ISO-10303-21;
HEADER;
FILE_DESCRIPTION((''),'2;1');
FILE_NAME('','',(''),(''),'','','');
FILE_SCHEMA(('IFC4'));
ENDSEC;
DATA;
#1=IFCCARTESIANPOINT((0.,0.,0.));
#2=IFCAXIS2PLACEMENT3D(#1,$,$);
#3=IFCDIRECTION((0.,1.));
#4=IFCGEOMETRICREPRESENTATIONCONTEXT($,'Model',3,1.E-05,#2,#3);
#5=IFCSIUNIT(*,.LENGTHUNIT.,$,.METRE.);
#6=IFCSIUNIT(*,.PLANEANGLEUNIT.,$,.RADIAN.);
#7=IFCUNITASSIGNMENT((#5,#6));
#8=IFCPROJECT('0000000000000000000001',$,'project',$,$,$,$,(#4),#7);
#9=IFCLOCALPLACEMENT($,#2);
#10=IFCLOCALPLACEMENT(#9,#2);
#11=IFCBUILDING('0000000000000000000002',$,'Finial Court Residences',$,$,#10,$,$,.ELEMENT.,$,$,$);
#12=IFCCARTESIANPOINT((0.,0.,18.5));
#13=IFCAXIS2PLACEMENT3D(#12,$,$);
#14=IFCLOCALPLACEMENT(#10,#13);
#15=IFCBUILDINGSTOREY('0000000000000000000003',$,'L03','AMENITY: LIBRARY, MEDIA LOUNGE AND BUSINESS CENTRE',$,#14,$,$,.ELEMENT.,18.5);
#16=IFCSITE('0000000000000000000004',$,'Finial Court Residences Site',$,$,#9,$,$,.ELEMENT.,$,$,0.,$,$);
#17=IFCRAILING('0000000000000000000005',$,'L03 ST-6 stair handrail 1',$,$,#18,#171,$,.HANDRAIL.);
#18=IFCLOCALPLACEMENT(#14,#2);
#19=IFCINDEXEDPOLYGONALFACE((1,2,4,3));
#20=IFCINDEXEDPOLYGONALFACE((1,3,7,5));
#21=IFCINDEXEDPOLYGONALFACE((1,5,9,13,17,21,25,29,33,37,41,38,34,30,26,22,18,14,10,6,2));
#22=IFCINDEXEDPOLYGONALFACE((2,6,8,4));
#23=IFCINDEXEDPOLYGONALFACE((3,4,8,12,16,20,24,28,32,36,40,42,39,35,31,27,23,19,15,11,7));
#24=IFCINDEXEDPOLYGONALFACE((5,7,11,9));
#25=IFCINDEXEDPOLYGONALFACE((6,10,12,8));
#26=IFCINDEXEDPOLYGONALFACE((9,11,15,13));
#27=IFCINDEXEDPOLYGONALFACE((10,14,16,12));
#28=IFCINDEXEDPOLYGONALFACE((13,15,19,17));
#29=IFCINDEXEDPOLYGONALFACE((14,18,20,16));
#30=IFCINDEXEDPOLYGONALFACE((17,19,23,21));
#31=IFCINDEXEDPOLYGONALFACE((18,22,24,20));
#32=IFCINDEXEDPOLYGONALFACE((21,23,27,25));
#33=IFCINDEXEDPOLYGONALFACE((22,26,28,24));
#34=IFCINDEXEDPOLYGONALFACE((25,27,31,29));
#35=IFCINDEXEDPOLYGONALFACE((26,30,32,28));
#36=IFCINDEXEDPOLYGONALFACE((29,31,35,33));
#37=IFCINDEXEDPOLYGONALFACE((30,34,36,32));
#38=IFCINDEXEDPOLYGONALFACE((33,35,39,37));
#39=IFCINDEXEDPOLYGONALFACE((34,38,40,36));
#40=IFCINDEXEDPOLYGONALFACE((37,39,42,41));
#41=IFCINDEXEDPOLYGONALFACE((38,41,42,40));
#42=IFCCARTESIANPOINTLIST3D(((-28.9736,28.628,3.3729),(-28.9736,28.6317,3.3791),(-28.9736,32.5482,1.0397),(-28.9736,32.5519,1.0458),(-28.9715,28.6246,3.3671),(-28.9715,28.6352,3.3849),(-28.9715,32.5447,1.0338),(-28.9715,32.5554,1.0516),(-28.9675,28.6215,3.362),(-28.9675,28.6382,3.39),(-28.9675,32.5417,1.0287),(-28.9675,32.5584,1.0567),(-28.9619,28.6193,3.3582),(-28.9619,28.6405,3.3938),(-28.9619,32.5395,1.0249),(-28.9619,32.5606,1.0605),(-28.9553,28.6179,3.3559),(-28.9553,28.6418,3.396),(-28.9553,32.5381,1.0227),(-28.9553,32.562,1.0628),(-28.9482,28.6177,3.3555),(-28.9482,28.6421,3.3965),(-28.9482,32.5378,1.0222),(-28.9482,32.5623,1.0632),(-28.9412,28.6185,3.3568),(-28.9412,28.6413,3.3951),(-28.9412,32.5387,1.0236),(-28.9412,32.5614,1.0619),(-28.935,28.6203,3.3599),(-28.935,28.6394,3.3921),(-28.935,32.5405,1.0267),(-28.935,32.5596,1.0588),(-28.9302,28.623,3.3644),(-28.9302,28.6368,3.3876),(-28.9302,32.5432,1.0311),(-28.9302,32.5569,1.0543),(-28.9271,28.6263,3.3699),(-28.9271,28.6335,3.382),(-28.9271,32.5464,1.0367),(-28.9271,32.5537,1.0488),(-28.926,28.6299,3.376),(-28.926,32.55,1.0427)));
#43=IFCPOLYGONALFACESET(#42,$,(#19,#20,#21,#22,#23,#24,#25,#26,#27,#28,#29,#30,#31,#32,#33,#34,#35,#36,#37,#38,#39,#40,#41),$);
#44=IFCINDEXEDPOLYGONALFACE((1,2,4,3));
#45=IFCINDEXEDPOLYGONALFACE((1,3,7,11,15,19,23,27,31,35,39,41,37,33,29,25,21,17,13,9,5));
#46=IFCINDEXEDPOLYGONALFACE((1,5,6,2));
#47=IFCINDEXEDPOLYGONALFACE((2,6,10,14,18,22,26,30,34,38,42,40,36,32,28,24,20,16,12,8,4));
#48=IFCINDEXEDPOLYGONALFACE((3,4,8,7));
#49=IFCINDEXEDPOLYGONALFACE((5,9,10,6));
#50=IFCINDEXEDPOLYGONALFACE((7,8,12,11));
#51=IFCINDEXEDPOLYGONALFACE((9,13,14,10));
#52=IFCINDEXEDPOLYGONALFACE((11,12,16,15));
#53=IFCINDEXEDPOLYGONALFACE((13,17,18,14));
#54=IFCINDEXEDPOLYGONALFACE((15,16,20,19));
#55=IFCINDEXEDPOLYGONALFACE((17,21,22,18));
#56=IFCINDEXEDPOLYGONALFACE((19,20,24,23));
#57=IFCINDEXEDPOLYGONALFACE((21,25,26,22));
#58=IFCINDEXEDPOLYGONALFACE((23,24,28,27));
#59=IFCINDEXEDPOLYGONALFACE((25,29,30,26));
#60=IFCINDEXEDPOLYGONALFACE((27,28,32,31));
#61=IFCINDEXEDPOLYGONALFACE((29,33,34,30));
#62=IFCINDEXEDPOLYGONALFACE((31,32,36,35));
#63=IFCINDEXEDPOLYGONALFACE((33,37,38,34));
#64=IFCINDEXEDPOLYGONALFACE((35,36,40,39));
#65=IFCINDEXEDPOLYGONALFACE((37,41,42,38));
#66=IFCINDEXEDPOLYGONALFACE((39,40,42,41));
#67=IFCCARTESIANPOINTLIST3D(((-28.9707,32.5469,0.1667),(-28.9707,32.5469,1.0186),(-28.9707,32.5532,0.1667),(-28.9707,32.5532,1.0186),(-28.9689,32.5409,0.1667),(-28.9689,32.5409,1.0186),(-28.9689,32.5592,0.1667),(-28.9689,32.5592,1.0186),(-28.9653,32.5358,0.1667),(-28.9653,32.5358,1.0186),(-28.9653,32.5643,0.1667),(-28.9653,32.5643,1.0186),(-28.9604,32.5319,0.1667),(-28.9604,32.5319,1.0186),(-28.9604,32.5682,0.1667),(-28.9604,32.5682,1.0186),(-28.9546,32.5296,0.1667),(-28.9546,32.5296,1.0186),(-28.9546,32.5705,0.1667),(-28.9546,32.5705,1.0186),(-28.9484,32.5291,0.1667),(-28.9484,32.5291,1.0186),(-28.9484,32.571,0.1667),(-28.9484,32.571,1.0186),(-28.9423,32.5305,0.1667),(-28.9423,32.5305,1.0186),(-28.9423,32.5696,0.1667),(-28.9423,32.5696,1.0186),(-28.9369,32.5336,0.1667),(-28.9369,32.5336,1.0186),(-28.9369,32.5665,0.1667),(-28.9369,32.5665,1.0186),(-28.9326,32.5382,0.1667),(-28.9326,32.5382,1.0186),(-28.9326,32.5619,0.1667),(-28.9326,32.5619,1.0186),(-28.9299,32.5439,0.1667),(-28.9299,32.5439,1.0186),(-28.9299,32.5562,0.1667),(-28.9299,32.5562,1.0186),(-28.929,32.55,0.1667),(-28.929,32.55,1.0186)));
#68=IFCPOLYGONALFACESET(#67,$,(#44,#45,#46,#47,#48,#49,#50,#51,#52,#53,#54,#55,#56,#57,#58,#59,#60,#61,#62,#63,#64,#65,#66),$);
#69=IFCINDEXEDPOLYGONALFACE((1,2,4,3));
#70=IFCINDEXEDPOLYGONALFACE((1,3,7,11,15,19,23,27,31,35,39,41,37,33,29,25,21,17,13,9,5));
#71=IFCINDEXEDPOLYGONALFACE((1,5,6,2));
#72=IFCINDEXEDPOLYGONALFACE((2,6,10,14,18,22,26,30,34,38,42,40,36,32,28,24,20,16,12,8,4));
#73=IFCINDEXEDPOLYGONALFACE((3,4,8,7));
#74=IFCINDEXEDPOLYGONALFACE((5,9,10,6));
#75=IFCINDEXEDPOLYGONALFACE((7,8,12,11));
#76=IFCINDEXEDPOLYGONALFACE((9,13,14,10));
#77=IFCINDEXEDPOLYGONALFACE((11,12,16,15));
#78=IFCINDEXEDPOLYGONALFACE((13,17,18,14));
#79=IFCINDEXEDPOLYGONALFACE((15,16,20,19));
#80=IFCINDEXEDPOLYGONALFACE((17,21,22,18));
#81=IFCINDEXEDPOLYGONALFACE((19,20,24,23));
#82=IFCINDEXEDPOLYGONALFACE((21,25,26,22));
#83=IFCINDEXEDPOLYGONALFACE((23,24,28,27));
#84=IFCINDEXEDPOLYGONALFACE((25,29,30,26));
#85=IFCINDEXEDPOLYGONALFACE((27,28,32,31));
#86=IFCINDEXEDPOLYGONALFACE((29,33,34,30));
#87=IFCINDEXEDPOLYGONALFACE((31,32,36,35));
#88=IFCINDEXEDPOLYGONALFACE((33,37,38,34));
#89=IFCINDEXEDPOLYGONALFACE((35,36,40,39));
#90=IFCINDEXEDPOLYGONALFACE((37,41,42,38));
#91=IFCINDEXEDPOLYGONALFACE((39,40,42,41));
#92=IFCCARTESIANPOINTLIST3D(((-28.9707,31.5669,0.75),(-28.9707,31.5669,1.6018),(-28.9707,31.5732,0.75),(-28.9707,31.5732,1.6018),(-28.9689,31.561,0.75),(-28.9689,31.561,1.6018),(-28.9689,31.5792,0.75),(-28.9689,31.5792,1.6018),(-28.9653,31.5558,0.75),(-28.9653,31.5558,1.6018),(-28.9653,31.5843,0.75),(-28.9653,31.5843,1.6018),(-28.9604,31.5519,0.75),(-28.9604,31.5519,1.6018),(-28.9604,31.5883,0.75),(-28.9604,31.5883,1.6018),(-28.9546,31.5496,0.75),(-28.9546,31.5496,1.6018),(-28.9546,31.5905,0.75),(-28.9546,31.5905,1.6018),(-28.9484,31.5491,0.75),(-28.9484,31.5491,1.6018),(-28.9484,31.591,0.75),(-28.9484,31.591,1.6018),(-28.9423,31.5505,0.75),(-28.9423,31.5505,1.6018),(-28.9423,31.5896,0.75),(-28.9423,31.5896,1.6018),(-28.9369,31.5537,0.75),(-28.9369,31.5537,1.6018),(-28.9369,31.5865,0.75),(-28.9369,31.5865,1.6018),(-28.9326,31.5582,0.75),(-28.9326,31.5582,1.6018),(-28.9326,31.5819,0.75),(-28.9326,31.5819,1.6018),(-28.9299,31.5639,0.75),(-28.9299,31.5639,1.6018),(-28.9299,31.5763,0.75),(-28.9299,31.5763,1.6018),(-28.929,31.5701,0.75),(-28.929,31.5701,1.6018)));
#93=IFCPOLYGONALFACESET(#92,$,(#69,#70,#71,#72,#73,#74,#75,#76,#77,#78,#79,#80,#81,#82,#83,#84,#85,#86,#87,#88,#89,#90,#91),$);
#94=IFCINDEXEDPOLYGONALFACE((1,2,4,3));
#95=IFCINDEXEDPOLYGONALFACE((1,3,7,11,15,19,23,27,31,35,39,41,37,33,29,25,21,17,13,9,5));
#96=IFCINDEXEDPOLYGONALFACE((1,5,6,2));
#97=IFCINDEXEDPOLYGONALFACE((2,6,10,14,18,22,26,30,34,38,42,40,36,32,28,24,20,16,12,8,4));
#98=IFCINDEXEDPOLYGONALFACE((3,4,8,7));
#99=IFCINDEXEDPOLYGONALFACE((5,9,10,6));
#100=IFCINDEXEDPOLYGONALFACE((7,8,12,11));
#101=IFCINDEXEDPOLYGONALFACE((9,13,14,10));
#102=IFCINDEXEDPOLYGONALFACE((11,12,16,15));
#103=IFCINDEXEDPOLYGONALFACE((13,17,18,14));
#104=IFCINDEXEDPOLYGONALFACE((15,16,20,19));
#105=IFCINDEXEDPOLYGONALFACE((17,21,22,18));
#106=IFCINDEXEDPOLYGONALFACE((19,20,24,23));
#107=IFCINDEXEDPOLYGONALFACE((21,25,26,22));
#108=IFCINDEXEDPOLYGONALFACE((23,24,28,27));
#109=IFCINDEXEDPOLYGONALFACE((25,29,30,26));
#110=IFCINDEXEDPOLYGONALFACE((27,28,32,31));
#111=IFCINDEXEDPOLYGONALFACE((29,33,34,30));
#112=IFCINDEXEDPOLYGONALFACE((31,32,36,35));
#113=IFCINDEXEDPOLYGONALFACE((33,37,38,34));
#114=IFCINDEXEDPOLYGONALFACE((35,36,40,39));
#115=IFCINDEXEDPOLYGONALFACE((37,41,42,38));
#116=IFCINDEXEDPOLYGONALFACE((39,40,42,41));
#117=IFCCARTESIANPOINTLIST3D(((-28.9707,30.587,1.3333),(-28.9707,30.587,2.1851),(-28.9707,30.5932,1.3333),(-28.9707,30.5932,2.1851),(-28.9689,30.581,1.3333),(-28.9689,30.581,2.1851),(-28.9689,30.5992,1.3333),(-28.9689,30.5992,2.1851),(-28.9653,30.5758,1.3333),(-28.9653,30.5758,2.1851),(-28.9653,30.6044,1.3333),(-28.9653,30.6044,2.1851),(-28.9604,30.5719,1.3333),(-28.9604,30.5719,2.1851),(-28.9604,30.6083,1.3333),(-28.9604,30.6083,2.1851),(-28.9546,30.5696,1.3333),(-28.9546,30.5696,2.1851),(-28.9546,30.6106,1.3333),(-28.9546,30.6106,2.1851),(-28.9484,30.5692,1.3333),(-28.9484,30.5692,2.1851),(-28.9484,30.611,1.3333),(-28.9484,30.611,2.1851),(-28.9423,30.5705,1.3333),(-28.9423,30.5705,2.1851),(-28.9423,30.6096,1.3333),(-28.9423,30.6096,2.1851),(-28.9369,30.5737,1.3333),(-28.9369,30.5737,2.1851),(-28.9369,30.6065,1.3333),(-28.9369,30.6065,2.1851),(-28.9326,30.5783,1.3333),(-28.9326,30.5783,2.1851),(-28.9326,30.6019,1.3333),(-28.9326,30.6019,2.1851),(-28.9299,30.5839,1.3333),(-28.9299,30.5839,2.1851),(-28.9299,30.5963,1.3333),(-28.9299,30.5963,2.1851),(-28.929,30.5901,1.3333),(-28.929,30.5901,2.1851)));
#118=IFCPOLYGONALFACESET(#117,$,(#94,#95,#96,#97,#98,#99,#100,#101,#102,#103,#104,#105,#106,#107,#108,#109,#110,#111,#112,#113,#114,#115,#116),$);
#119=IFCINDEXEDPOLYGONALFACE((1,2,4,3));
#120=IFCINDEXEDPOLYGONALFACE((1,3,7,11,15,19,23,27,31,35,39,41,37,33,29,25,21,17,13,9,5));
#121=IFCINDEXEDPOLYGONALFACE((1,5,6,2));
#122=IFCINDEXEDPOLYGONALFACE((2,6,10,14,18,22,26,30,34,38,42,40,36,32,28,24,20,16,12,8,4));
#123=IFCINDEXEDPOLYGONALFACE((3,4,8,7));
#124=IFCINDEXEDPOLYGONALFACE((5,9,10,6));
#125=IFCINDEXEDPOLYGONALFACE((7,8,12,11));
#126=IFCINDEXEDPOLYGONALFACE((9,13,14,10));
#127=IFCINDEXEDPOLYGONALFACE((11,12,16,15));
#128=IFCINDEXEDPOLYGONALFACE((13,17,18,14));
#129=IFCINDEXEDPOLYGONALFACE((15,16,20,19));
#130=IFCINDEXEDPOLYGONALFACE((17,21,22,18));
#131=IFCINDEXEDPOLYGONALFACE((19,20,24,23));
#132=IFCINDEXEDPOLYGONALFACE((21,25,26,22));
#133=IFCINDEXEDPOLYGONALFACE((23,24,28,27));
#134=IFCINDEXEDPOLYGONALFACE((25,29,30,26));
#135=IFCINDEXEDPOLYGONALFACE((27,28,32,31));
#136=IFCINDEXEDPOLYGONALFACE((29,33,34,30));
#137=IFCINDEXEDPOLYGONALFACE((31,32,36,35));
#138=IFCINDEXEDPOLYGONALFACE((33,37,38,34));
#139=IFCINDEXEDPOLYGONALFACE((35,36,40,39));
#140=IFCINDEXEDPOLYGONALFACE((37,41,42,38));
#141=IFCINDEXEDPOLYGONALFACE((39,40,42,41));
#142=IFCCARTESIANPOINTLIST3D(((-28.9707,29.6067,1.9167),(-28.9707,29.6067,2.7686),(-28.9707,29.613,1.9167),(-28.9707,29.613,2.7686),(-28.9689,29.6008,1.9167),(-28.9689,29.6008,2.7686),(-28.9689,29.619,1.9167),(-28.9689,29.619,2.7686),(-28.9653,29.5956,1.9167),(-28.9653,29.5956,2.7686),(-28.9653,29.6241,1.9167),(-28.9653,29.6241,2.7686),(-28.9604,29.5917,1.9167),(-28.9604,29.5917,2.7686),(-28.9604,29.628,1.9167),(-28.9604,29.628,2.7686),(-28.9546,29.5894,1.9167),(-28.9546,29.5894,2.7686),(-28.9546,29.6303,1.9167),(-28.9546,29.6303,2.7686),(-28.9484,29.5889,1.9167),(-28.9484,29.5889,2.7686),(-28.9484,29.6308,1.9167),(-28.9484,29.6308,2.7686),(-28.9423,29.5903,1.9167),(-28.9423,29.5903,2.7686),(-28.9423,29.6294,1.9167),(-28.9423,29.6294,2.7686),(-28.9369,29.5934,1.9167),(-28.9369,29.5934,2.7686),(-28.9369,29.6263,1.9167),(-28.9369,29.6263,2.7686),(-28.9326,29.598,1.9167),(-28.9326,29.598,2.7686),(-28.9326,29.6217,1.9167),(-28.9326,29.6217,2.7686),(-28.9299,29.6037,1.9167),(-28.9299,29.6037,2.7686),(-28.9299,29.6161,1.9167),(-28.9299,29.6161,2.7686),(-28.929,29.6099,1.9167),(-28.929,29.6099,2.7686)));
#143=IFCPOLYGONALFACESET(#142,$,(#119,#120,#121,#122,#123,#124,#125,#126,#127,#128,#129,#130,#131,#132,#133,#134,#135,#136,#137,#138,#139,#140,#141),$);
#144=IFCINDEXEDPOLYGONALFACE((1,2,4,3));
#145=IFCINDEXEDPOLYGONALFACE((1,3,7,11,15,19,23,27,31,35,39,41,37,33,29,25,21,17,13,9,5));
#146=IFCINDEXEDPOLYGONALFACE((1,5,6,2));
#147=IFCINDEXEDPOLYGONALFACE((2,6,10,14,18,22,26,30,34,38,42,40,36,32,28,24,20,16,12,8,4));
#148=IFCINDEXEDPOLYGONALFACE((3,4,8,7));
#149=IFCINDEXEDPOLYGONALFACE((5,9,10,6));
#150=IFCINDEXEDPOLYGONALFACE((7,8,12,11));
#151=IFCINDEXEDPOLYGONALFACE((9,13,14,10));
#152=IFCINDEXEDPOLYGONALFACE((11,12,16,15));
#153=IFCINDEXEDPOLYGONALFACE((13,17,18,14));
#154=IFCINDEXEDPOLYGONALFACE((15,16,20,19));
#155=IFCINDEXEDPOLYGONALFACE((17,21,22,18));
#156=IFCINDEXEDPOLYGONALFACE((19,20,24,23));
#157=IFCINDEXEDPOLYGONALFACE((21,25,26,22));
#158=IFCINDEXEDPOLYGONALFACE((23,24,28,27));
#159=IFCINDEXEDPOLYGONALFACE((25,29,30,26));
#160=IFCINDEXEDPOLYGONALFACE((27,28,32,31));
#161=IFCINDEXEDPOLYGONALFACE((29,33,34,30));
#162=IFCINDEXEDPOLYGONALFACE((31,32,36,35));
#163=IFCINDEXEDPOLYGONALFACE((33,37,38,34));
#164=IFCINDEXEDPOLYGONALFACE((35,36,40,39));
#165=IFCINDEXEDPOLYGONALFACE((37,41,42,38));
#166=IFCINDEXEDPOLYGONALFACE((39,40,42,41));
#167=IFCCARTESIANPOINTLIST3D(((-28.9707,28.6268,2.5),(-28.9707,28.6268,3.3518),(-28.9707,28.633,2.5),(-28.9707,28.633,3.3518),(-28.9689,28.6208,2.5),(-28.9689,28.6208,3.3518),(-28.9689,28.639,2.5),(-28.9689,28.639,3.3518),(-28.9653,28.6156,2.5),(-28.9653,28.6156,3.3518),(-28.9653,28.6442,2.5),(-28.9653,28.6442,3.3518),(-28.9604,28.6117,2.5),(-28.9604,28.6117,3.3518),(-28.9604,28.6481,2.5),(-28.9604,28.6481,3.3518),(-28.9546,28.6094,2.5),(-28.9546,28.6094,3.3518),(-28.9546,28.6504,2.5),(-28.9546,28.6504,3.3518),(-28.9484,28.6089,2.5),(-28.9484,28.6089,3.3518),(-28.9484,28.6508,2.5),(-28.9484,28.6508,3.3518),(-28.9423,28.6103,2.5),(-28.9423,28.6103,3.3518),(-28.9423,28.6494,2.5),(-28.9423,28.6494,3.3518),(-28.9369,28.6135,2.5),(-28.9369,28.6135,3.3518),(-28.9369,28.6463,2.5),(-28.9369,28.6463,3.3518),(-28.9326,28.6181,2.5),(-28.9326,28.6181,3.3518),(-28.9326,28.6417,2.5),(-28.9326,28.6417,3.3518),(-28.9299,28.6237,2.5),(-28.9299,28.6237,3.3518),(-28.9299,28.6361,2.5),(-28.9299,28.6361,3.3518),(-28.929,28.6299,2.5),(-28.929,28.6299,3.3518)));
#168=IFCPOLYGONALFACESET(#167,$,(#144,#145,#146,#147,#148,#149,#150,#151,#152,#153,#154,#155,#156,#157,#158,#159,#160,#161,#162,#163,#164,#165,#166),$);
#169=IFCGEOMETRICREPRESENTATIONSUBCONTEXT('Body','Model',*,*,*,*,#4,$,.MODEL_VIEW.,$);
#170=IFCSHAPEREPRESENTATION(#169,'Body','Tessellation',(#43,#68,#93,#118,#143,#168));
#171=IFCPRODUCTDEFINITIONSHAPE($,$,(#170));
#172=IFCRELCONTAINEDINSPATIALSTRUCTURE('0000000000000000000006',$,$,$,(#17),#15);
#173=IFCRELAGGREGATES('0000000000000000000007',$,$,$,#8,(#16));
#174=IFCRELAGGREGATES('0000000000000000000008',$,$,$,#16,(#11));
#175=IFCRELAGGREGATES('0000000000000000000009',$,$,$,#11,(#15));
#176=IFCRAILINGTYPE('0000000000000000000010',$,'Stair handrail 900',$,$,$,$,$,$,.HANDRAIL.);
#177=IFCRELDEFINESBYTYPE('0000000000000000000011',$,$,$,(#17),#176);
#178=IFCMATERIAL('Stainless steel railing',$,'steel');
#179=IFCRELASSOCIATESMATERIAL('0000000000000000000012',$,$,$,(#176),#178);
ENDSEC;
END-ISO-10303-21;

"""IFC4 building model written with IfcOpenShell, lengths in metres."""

from ifc_helpers import new_model, si_unit, direction, frame, origin, origin_2d, place, context, subcontext, project, spatial, circle, extrude, material, type_object, element, save


model = new_model("IFC4")

# Units and contexts
model_context = context("Model", 3, precision=1e-05, world=origin(), true_north=direction((0.0, 1.0)))
body_context = subcontext(model_context, "Body", "Model", "MODEL_VIEW")
ifc_project = project(units=[si_unit("LENGTHUNIT", "METRE"), si_unit("PLANEANGLEUNIT", "RADIAN")], contexts=[model_context])

# Site, building, storey
site_placement = place(None, origin())
site = spatial("IfcSite", under=ifc_project, at=site_placement, Name="Finial Court Residences Site", CompositionType="ELEMENT", RefElevation=0.0)
building_placement = place(site_placement, origin())
building = spatial("IfcBuilding", under=site, at=building_placement, Name="Finial Court Residences", CompositionType="ELEMENT")
storey_placement = place(building_placement, frame((0.0, 0.0, 18.5)))
storey = spatial("IfcBuildingStorey", under=building, at=storey_placement, Name="L03", Description="AMENITY: LIBRARY, MEDIA LOUNGE AND BUSINESS CENTRE", CompositionType="ELEMENT", Elevation=18.5)

# Railing
ifc_material_1 = material(Name="Stainless steel railing", Category="steel")
railing_type_1 = type_object("IfcRailingType", Name="Stair handrail 900", PredefinedType="HANDRAIL", material=ifc_material_1)
railing_1_placement = place(storey_placement, frame((-28.95, 32.55, 0.1667)))
element("IfcRailing", 1, at=railing_1_placement, inside=storey, type_object=railing_type_1, Name="L03 ST-6 stair handrail 1", PredefinedType="HANDRAIL", context=body_context, shape_type="SweptSolid", body=[
    extrude(circle(Radius=0.0239, at=origin_2d()), frame((0.0, 0.0, 0.876), z_axis=(0.0, -0.85931, 0.511455), x_axis=(1.0, 0.0, 0.0)), (0.0, 0.0, 1.0), 4.562),
    extrude(circle(Radius=0.021, at=origin_2d()), origin(), (0.0, 0.0, 1.0), 0.8518),
    extrude(circle(Radius=0.021, at=origin_2d()), frame((0.0, -0.98, 0.5833)), (0.0, 0.0, 1.0), 0.8518),
    extrude(circle(Radius=0.021, at=origin_2d()), frame((0.0, -1.96, 1.1665)), (0.0, 0.0, 1.0), 0.8518),
    extrude(circle(Radius=0.021, at=origin_2d()), frame((0.0, -2.9402, 1.75)), (0.0, 0.0, 1.0), 0.8518),
    extrude(circle(Radius=0.021, at=origin_2d()), frame((0.0, -3.9202, 2.3333)), (0.0, 0.0, 1.0), 0.8518),
])

save(model, "model.ifc")
